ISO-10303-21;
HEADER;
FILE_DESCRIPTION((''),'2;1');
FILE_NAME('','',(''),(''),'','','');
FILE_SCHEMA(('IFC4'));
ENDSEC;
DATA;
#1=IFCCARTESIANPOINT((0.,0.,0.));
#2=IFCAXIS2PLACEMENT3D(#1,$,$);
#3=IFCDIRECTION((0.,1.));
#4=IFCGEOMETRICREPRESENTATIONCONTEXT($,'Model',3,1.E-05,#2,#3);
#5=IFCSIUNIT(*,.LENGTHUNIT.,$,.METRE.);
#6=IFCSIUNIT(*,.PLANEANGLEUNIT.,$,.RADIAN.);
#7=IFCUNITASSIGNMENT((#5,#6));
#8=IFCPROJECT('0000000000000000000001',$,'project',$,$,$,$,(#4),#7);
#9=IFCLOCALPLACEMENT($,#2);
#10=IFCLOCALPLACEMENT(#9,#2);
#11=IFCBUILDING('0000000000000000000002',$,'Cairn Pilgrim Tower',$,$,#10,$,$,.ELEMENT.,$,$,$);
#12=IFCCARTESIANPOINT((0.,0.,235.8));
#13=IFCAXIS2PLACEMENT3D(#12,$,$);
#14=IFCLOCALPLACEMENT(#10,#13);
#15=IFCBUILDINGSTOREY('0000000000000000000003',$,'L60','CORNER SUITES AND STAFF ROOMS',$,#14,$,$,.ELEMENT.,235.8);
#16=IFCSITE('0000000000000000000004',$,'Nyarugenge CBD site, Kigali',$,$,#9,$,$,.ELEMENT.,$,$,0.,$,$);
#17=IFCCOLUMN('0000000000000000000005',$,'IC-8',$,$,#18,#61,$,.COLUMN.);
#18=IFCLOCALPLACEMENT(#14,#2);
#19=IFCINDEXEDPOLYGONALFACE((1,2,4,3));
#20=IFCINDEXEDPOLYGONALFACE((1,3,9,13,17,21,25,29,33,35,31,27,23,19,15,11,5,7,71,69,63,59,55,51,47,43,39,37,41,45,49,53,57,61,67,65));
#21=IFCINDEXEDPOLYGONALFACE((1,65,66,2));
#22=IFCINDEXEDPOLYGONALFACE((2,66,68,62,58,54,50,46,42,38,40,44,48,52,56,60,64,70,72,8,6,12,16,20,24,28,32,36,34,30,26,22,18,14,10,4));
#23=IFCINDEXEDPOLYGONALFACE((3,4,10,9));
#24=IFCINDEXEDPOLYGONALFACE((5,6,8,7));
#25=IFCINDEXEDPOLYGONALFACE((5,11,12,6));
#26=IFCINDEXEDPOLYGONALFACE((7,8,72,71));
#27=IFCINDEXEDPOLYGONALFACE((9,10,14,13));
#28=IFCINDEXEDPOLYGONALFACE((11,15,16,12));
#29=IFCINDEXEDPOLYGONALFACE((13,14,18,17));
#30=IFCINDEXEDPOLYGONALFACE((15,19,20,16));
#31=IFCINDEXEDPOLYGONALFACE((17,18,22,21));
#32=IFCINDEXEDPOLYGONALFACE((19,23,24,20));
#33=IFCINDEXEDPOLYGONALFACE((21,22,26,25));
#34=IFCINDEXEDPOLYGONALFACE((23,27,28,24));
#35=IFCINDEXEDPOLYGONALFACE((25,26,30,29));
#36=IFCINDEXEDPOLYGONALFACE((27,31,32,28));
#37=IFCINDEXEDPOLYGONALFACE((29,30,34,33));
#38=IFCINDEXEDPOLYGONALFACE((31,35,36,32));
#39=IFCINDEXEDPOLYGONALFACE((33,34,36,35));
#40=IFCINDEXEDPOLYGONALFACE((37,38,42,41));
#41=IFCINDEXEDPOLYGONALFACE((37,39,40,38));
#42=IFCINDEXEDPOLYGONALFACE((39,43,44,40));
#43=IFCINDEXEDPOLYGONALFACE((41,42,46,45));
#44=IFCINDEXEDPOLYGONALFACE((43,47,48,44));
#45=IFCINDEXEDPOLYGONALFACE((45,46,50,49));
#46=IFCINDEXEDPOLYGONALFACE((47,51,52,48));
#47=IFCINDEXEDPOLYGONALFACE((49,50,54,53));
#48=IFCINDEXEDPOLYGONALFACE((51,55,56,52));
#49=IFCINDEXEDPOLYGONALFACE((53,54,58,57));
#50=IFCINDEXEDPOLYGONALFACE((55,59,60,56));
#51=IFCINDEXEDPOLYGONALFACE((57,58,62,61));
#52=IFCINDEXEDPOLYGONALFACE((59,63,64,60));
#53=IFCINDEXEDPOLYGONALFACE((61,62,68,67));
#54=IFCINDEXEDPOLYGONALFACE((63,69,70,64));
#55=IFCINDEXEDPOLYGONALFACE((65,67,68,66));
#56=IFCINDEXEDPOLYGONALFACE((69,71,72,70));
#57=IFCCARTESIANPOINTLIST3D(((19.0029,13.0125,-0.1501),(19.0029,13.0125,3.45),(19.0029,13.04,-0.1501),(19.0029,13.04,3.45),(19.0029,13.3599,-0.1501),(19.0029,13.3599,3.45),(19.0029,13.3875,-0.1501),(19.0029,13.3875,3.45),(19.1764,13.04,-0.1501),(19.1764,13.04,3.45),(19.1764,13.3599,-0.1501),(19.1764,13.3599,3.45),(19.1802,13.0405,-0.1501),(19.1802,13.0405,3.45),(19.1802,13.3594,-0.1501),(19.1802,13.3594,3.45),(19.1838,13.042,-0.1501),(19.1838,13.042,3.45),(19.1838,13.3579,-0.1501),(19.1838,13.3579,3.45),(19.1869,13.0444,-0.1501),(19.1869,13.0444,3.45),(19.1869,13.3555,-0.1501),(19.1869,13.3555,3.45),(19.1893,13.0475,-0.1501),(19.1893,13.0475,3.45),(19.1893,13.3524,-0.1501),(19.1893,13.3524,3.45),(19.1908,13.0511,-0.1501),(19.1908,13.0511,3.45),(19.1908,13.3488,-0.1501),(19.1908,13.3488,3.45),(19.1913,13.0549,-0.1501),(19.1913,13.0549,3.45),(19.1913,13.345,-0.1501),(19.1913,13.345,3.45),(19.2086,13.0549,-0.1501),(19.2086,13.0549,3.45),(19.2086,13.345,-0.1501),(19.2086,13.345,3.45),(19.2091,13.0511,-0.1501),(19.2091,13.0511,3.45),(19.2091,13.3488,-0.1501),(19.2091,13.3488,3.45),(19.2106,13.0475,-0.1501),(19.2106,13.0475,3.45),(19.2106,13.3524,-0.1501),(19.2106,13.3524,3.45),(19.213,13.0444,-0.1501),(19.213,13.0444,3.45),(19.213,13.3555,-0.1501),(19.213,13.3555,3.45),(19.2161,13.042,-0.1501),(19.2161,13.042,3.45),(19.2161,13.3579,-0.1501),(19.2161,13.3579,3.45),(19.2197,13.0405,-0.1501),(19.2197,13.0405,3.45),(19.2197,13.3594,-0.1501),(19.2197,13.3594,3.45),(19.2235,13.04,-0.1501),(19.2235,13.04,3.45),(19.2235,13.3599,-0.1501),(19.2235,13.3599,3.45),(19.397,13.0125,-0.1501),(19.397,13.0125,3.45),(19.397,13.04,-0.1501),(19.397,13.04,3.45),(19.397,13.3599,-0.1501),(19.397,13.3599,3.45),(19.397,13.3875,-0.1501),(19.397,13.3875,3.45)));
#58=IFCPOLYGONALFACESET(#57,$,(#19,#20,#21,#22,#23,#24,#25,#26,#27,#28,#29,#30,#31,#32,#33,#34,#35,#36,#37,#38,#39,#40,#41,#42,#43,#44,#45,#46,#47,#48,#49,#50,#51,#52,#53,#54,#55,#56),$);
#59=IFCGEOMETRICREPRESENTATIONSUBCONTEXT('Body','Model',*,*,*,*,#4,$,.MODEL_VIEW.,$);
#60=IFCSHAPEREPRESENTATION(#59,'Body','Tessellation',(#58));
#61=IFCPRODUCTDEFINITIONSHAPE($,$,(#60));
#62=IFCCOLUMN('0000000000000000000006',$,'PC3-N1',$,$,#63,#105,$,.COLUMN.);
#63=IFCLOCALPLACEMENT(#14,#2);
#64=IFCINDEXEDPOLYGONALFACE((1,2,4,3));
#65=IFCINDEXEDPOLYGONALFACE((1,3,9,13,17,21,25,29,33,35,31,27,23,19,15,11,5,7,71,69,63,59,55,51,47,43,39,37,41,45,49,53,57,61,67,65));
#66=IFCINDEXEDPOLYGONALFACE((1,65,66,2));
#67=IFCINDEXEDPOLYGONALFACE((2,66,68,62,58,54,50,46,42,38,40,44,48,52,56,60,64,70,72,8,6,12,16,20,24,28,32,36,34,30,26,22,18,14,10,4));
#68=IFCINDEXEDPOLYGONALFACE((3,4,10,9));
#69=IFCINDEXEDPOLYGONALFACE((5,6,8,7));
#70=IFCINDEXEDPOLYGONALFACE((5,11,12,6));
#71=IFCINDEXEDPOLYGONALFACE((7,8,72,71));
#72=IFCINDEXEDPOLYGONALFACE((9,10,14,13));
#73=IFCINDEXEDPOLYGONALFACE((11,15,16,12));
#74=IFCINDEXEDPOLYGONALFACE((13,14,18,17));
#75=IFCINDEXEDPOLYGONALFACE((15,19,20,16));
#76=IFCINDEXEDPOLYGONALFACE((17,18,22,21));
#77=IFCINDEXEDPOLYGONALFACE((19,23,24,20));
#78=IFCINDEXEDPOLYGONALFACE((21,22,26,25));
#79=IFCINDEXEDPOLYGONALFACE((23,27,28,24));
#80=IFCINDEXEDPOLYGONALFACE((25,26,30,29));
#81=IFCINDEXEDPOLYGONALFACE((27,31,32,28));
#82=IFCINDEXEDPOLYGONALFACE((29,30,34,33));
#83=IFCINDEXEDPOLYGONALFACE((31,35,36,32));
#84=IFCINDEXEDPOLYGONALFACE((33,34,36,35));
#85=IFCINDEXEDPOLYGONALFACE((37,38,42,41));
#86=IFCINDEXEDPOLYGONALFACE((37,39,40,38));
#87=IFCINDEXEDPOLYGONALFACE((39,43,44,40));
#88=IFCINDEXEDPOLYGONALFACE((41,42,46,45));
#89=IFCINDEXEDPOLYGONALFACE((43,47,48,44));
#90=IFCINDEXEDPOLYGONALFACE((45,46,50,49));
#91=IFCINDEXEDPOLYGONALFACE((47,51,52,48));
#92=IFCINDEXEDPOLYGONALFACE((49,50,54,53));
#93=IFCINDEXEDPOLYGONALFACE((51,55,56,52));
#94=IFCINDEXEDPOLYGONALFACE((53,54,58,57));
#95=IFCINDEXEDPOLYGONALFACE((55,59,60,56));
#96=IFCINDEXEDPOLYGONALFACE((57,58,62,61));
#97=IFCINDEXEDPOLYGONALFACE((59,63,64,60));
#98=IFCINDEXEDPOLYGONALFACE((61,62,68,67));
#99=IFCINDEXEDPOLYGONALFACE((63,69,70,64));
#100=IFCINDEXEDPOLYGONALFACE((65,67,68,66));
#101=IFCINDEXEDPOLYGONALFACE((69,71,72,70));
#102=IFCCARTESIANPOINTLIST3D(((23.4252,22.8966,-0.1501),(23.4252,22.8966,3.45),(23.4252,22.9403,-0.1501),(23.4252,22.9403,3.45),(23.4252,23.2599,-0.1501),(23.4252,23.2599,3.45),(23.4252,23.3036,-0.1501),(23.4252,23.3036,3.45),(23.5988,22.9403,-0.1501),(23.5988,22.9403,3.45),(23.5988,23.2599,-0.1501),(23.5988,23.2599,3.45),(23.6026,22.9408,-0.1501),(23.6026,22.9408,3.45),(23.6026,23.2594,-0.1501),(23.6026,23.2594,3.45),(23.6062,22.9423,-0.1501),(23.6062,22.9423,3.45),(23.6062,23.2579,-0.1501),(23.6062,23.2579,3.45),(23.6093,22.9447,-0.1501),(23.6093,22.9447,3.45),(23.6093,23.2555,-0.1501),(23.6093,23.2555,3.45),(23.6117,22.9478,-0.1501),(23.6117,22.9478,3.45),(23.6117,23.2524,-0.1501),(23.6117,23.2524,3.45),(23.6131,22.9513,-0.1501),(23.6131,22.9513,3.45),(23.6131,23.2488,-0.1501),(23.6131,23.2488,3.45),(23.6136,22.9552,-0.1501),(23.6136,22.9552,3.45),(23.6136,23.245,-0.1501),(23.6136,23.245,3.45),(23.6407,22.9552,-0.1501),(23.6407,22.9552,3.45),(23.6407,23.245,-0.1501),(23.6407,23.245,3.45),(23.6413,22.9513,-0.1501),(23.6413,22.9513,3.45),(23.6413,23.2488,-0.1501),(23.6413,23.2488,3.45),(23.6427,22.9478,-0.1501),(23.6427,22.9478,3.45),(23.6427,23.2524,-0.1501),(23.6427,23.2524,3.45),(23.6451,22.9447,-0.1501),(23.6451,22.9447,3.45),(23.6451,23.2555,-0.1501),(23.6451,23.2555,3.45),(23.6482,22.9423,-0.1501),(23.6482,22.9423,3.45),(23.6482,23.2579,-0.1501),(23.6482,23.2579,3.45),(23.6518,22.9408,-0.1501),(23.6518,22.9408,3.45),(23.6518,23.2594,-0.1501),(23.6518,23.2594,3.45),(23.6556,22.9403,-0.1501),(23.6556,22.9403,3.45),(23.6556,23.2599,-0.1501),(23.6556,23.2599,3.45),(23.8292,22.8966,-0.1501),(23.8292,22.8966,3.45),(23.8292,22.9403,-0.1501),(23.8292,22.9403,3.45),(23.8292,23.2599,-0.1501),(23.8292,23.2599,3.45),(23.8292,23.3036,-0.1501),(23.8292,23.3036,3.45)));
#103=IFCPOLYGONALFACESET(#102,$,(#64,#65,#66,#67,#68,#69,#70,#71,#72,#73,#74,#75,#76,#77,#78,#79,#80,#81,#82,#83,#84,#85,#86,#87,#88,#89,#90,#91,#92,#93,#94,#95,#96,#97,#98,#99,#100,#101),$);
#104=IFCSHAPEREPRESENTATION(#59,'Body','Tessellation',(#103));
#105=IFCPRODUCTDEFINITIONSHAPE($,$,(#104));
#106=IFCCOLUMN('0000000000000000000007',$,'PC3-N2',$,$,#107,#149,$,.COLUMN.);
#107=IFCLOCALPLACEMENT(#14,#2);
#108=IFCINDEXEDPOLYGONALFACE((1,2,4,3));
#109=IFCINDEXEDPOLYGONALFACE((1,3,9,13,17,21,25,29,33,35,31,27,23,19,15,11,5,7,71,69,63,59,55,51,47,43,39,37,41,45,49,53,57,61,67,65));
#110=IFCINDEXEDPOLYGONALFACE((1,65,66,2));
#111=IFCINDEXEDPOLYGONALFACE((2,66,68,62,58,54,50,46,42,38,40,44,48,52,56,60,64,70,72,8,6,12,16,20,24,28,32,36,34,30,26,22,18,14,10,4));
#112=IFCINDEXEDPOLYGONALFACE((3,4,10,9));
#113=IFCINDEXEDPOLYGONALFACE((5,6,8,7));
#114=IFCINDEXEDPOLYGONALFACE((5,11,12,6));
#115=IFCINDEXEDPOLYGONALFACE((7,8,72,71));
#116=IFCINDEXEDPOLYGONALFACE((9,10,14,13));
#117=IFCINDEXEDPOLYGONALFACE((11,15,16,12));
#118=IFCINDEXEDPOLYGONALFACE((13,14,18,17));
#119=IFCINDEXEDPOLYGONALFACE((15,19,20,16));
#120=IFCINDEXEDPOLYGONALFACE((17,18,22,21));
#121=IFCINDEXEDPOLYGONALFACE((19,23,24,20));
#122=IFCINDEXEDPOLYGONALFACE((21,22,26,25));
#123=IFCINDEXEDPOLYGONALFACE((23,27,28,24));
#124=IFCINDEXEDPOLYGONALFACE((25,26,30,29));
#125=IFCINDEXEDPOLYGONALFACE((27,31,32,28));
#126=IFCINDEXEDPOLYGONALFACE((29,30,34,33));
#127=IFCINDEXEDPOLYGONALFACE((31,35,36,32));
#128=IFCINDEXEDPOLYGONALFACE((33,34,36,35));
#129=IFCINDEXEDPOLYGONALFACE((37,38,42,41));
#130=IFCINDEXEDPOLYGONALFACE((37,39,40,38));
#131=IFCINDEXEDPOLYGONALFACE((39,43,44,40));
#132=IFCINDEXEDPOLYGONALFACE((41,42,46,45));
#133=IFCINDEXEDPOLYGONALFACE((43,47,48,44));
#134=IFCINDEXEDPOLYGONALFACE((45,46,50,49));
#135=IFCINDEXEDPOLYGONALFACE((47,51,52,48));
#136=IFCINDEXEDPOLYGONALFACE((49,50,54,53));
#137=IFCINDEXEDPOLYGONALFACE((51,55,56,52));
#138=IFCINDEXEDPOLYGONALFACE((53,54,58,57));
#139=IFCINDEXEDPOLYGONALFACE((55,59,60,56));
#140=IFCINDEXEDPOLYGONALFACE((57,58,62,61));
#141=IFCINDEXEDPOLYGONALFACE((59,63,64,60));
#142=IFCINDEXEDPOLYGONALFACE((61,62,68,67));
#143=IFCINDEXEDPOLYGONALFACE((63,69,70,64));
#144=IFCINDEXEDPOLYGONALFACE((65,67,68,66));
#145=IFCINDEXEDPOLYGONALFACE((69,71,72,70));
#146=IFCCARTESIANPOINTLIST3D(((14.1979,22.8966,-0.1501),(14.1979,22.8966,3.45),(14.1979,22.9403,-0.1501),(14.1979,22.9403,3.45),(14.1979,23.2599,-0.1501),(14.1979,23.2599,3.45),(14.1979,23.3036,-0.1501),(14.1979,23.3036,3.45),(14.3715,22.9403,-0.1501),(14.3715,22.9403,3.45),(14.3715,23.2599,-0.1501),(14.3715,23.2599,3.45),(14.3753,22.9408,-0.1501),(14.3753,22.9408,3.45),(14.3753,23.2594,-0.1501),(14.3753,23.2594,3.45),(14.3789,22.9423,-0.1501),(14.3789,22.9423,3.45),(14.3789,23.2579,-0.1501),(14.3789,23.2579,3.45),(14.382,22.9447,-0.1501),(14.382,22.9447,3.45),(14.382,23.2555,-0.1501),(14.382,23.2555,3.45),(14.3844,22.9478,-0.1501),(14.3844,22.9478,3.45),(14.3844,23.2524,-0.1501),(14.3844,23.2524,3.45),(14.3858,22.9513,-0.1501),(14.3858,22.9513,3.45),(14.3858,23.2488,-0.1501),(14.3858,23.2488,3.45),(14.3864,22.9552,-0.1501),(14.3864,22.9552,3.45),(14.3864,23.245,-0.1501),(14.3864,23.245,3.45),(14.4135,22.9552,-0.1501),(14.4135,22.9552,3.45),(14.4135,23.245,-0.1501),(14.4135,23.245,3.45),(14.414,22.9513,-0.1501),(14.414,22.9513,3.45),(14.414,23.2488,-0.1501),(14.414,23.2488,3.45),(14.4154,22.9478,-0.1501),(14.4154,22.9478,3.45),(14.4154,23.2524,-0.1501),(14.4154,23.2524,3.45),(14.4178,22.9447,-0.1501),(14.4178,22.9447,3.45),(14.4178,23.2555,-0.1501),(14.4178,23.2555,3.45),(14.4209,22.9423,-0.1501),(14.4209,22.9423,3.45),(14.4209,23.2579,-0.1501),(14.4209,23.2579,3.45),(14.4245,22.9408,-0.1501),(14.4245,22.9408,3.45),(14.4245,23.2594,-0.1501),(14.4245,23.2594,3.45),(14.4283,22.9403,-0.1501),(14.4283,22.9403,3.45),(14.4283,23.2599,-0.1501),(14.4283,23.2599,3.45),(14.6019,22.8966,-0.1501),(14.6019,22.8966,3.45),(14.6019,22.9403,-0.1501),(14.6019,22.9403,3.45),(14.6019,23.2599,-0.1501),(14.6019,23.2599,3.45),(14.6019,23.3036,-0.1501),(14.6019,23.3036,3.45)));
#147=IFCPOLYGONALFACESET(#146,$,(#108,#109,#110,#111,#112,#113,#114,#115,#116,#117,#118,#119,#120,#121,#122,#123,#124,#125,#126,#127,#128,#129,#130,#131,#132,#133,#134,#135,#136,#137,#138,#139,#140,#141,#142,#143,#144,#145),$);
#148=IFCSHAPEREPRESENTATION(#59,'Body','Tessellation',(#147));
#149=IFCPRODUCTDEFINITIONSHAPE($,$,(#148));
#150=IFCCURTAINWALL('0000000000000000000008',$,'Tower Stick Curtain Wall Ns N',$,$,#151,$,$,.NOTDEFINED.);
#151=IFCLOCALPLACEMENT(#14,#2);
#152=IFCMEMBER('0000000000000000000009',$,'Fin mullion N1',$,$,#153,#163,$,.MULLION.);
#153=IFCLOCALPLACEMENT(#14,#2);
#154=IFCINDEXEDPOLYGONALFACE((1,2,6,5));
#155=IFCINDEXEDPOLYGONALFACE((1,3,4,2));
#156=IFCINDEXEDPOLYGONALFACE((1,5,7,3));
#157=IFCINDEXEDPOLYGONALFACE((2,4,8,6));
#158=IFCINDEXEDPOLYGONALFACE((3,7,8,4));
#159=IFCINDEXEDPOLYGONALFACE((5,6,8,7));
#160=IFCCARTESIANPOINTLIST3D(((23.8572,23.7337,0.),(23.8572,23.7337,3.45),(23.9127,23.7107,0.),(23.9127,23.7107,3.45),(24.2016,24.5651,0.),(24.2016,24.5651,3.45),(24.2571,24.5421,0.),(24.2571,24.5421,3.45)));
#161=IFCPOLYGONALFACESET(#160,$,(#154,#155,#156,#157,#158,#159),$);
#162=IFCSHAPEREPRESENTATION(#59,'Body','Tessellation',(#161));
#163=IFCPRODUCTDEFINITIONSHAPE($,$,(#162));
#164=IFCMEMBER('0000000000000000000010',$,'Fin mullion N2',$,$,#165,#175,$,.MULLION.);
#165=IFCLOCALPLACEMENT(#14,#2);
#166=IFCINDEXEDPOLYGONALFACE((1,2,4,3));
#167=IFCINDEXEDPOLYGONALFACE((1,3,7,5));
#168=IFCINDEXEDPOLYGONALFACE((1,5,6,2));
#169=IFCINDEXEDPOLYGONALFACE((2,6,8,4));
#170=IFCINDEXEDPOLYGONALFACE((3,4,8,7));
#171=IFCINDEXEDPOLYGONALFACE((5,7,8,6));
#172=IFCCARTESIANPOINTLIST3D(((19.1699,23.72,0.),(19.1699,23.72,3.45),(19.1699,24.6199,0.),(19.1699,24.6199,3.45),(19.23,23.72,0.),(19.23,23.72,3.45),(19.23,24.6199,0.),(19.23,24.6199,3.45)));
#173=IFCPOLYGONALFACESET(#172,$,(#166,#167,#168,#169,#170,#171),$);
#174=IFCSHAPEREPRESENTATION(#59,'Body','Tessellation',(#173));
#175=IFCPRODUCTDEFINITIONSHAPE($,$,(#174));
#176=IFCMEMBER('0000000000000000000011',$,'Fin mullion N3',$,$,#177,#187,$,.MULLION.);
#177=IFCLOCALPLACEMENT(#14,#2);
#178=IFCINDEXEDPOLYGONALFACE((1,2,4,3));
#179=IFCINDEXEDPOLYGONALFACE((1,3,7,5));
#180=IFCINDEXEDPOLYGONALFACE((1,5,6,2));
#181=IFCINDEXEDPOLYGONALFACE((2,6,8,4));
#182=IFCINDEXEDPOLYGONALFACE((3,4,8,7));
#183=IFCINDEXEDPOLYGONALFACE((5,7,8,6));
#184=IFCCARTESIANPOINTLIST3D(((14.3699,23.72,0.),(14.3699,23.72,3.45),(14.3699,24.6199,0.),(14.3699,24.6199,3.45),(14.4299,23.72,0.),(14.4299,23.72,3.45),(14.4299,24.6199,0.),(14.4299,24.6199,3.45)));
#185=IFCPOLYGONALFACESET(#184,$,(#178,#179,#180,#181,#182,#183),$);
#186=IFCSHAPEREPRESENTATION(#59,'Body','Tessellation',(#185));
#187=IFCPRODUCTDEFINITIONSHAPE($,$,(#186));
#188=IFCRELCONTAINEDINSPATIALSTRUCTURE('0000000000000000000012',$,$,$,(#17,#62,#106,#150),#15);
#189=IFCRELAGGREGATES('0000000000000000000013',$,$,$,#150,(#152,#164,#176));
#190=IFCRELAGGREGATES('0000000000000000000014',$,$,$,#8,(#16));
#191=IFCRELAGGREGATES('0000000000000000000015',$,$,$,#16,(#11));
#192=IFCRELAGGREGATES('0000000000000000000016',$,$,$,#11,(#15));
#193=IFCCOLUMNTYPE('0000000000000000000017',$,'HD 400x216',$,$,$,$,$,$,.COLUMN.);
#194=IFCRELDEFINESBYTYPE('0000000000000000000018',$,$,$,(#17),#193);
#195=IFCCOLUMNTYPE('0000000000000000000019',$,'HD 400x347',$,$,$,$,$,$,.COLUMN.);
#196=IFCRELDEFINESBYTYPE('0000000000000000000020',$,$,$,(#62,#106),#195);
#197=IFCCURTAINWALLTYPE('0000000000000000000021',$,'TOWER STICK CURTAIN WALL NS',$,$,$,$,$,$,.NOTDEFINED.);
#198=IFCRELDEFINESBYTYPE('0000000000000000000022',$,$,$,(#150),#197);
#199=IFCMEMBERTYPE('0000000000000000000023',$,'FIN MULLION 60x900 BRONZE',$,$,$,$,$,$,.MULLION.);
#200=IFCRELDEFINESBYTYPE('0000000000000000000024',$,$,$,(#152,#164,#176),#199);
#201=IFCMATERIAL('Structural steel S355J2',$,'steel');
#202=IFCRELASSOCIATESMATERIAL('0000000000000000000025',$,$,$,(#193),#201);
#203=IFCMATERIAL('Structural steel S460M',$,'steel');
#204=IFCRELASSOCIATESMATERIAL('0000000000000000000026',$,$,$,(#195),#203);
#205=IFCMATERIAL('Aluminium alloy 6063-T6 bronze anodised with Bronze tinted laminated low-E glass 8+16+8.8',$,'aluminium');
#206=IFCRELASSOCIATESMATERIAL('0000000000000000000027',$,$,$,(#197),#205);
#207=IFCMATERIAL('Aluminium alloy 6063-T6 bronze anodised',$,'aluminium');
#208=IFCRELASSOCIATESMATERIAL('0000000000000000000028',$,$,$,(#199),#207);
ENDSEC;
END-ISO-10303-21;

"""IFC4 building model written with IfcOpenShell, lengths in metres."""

from ifc_helpers import new_model, si_unit, direction, frame, origin, origin_2d, place, context, subcontext, project, spatial, rectangle, i_section, extrude, material, material_profile, profile_set, type_object, element, aggregate, save


model = new_model("IFC4")

# Units and contexts
model_context = context("Model", 3, precision=1e-05, world=origin(), true_north=direction((0.0, 1.0)))
body_context = subcontext(model_context, "Body", "Model", "MODEL_VIEW")
ifc_project = project(units=[si_unit("LENGTHUNIT", "METRE"), si_unit("PLANEANGLEUNIT", "RADIAN")], contexts=[model_context])

# Site, building, storey
site_placement = place(None, origin())
site = spatial("IfcSite", under=ifc_project, at=site_placement, Name="Nyarugenge CBD site, Kigali", CompositionType="ELEMENT", RefElevation=0.0)
building_placement = place(site_placement, origin())
building = spatial("IfcBuilding", under=site, at=building_placement, Name="Cairn Pilgrim Tower", CompositionType="ELEMENT")
storey_placement = place(building_placement, frame((0.0, 0.0, 235.8)))
storey = spatial("IfcBuildingStorey", under=building, at=storey_placement, Name="L60", Description="CORNER SUITES AND STAFF ROOMS", CompositionType="ELEMENT", Elevation=235.8)

# Columns
ifc_material_1 = material(Name="Structural steel S355J2", Category="steel")
ifc_material_profile_1 = material_profile(ifc_material_1, i_section(OverallWidth=0.394, OverallDepth=0.375, WebThickness=0.0173, FlangeThickness=0.0276, FilletRadius=0.0149, at=origin_2d()), Name="HD 400x216")
ifc_profile_set_1 = profile_set([ifc_material_profile_1], Name="Structural steel S355J2")
column_type_1 = type_object("IfcColumnType", Name="HD 400x216", PredefinedType="COLUMN", material=ifc_profile_set_1)
column_placement = place(storey_placement, frame((19.2, 13.2, -0.1501), z_axis=(0.0, 0.0, 1.0), x_axis=(1.0, 0.0, 0.0)))
element("IfcColumn", 1, at=column_placement, inside=storey, type_object=column_type_1, Name="IC-8", PredefinedType="COLUMN", context=body_context, shape_type="SweptSolid", body=[
    extrude(i_section(OverallWidth=0.394, OverallDepth=0.375, WebThickness=0.0173, FlangeThickness=0.0276, FilletRadius=0.0149, at=origin_2d()), origin(), (0.0, 0.0, 1.0), 3.6001),
])
ifc_material_2 = material(Name="Structural steel S460M", Category="steel")
ifc_material_profile_2 = material_profile(ifc_material_2, i_section(OverallWidth=0.4041, OverallDepth=0.407, WebThickness=0.0271, FlangeThickness=0.0437, FilletRadius=0.0149, at=origin_2d()), Name="HD 400x347")
ifc_profile_set_2 = profile_set([ifc_material_profile_2], Name="Structural steel S460M")
column_type_2 = type_object("IfcColumnType", Name="HD 400x347", PredefinedType="COLUMN", material=ifc_profile_set_2)
for number, where, z_axis, x_axis, name in (
    (2, (23.6272, 23.1001, -0.1501), (0.0, 0.0, 1.0), (1.0, 0.0, 0.0), "PC3-N1"),
    (3, (14.3999, 23.1001, -0.1501), (0.0, 0.0, 1.0), (1.0, 0.0, 0.0), "PC3-N2"),
):
    element("IfcColumn", number, at=place(storey_placement, frame(where, z_axis=z_axis, x_axis=x_axis)), inside=storey, type_object=column_type_2, Name=name, PredefinedType="COLUMN", context=body_context, shape_type="SweptSolid", body=[
        extrude(i_section(OverallWidth=0.4041, OverallDepth=0.407, WebThickness=0.0271, FlangeThickness=0.0437, FilletRadius=0.0149, at=origin_2d()), origin(), (0.0, 0.0, 1.0), 3.6001),
    ])

# Curtain wall, members
ifc_material_3 = material(Name="Aluminium alloy 6063-T6 bronze anodised with Bronze tinted laminated low-E glass 8+16+8.8", Category="aluminium")
curtain_wall_type = type_object("IfcCurtainWallType", Name="TOWER STICK CURTAIN WALL NS", PredefinedType="NOTDEFINED", material=ifc_material_3)
curtain_wall_placement = place(storey_placement, origin())
curtain_wall = element("IfcCurtainWall", 4, at=curtain_wall_placement, inside=storey, type_object=curtain_wall_type, Name="Tower Stick Curtain Wall Ns N", PredefinedType="NOTDEFINED")
ifc_material_4 = material(Name="Aluminium alloy 6063-T6 bronze anodised", Category="aluminium")
ifc_material_profile_3 = material_profile(ifc_material_4, rectangle(XDim=0.8999, YDim=0.0601, at=origin_2d()), Name="FIN MULLION 60x900 BRONZE")
ifc_profile_set_3 = profile_set([ifc_material_profile_3], Name="Aluminium alloy 6063-T6 bronze anodised")
member_type_1 = type_object("IfcMemberType", Name="FIN MULLION 60x900 BRONZE", PredefinedType="MULLION", material=ifc_profile_set_3)
member_1_placement = place(storey_placement, frame((24.0571, 24.1379, 0.0), z_axis=(0.0, 0.0, 1.0), x_axis=(0.382683, 0.92388, 0.0)))
member_1 = element("IfcMember", 5, at=member_1_placement, type_object=member_type_1, Name="Fin mullion N1", PredefinedType="MULLION", context=body_context, shape_type="SweptSolid", body=[
    extrude(rectangle(XDim=0.8999, YDim=0.0601, at=origin_2d()), origin(), (0.0, 0.0, 1.0), 3.45),
])
member_2_placement = place(storey_placement, frame((19.2, 24.1699, 0.0), z_axis=(0.0, 0.0, 1.0), x_axis=(0.0, 1.0, 0.0)))
member_2 = element("IfcMember", 6, at=member_2_placement, type_object=member_type_1, Name="Fin mullion N2", PredefinedType="MULLION", context=body_context, shape_type="SweptSolid", body=[
    extrude(rectangle(XDim=0.8999, YDim=0.0601, at=origin_2d()), origin(), (0.0, 0.0, 1.0), 3.45),
])
member_3_placement = place(storey_placement, frame((14.3999, 24.1699, 0.0), z_axis=(0.0, 0.0, 1.0), x_axis=(0.0, 1.0, 0.0)))
member_3 = element("IfcMember", 7, at=member_3_placement, type_object=member_type_1, Name="Fin mullion N3", PredefinedType="MULLION", context=body_context, shape_type="SweptSolid", body=[
    extrude(rectangle(XDim=0.8999, YDim=0.0601, at=origin_2d()), origin(), (0.0, 0.0, 1.0), 3.45),
])

aggregate(curtain_wall, [member_1, member_2, member_3])

save(model, "model.ifc")
